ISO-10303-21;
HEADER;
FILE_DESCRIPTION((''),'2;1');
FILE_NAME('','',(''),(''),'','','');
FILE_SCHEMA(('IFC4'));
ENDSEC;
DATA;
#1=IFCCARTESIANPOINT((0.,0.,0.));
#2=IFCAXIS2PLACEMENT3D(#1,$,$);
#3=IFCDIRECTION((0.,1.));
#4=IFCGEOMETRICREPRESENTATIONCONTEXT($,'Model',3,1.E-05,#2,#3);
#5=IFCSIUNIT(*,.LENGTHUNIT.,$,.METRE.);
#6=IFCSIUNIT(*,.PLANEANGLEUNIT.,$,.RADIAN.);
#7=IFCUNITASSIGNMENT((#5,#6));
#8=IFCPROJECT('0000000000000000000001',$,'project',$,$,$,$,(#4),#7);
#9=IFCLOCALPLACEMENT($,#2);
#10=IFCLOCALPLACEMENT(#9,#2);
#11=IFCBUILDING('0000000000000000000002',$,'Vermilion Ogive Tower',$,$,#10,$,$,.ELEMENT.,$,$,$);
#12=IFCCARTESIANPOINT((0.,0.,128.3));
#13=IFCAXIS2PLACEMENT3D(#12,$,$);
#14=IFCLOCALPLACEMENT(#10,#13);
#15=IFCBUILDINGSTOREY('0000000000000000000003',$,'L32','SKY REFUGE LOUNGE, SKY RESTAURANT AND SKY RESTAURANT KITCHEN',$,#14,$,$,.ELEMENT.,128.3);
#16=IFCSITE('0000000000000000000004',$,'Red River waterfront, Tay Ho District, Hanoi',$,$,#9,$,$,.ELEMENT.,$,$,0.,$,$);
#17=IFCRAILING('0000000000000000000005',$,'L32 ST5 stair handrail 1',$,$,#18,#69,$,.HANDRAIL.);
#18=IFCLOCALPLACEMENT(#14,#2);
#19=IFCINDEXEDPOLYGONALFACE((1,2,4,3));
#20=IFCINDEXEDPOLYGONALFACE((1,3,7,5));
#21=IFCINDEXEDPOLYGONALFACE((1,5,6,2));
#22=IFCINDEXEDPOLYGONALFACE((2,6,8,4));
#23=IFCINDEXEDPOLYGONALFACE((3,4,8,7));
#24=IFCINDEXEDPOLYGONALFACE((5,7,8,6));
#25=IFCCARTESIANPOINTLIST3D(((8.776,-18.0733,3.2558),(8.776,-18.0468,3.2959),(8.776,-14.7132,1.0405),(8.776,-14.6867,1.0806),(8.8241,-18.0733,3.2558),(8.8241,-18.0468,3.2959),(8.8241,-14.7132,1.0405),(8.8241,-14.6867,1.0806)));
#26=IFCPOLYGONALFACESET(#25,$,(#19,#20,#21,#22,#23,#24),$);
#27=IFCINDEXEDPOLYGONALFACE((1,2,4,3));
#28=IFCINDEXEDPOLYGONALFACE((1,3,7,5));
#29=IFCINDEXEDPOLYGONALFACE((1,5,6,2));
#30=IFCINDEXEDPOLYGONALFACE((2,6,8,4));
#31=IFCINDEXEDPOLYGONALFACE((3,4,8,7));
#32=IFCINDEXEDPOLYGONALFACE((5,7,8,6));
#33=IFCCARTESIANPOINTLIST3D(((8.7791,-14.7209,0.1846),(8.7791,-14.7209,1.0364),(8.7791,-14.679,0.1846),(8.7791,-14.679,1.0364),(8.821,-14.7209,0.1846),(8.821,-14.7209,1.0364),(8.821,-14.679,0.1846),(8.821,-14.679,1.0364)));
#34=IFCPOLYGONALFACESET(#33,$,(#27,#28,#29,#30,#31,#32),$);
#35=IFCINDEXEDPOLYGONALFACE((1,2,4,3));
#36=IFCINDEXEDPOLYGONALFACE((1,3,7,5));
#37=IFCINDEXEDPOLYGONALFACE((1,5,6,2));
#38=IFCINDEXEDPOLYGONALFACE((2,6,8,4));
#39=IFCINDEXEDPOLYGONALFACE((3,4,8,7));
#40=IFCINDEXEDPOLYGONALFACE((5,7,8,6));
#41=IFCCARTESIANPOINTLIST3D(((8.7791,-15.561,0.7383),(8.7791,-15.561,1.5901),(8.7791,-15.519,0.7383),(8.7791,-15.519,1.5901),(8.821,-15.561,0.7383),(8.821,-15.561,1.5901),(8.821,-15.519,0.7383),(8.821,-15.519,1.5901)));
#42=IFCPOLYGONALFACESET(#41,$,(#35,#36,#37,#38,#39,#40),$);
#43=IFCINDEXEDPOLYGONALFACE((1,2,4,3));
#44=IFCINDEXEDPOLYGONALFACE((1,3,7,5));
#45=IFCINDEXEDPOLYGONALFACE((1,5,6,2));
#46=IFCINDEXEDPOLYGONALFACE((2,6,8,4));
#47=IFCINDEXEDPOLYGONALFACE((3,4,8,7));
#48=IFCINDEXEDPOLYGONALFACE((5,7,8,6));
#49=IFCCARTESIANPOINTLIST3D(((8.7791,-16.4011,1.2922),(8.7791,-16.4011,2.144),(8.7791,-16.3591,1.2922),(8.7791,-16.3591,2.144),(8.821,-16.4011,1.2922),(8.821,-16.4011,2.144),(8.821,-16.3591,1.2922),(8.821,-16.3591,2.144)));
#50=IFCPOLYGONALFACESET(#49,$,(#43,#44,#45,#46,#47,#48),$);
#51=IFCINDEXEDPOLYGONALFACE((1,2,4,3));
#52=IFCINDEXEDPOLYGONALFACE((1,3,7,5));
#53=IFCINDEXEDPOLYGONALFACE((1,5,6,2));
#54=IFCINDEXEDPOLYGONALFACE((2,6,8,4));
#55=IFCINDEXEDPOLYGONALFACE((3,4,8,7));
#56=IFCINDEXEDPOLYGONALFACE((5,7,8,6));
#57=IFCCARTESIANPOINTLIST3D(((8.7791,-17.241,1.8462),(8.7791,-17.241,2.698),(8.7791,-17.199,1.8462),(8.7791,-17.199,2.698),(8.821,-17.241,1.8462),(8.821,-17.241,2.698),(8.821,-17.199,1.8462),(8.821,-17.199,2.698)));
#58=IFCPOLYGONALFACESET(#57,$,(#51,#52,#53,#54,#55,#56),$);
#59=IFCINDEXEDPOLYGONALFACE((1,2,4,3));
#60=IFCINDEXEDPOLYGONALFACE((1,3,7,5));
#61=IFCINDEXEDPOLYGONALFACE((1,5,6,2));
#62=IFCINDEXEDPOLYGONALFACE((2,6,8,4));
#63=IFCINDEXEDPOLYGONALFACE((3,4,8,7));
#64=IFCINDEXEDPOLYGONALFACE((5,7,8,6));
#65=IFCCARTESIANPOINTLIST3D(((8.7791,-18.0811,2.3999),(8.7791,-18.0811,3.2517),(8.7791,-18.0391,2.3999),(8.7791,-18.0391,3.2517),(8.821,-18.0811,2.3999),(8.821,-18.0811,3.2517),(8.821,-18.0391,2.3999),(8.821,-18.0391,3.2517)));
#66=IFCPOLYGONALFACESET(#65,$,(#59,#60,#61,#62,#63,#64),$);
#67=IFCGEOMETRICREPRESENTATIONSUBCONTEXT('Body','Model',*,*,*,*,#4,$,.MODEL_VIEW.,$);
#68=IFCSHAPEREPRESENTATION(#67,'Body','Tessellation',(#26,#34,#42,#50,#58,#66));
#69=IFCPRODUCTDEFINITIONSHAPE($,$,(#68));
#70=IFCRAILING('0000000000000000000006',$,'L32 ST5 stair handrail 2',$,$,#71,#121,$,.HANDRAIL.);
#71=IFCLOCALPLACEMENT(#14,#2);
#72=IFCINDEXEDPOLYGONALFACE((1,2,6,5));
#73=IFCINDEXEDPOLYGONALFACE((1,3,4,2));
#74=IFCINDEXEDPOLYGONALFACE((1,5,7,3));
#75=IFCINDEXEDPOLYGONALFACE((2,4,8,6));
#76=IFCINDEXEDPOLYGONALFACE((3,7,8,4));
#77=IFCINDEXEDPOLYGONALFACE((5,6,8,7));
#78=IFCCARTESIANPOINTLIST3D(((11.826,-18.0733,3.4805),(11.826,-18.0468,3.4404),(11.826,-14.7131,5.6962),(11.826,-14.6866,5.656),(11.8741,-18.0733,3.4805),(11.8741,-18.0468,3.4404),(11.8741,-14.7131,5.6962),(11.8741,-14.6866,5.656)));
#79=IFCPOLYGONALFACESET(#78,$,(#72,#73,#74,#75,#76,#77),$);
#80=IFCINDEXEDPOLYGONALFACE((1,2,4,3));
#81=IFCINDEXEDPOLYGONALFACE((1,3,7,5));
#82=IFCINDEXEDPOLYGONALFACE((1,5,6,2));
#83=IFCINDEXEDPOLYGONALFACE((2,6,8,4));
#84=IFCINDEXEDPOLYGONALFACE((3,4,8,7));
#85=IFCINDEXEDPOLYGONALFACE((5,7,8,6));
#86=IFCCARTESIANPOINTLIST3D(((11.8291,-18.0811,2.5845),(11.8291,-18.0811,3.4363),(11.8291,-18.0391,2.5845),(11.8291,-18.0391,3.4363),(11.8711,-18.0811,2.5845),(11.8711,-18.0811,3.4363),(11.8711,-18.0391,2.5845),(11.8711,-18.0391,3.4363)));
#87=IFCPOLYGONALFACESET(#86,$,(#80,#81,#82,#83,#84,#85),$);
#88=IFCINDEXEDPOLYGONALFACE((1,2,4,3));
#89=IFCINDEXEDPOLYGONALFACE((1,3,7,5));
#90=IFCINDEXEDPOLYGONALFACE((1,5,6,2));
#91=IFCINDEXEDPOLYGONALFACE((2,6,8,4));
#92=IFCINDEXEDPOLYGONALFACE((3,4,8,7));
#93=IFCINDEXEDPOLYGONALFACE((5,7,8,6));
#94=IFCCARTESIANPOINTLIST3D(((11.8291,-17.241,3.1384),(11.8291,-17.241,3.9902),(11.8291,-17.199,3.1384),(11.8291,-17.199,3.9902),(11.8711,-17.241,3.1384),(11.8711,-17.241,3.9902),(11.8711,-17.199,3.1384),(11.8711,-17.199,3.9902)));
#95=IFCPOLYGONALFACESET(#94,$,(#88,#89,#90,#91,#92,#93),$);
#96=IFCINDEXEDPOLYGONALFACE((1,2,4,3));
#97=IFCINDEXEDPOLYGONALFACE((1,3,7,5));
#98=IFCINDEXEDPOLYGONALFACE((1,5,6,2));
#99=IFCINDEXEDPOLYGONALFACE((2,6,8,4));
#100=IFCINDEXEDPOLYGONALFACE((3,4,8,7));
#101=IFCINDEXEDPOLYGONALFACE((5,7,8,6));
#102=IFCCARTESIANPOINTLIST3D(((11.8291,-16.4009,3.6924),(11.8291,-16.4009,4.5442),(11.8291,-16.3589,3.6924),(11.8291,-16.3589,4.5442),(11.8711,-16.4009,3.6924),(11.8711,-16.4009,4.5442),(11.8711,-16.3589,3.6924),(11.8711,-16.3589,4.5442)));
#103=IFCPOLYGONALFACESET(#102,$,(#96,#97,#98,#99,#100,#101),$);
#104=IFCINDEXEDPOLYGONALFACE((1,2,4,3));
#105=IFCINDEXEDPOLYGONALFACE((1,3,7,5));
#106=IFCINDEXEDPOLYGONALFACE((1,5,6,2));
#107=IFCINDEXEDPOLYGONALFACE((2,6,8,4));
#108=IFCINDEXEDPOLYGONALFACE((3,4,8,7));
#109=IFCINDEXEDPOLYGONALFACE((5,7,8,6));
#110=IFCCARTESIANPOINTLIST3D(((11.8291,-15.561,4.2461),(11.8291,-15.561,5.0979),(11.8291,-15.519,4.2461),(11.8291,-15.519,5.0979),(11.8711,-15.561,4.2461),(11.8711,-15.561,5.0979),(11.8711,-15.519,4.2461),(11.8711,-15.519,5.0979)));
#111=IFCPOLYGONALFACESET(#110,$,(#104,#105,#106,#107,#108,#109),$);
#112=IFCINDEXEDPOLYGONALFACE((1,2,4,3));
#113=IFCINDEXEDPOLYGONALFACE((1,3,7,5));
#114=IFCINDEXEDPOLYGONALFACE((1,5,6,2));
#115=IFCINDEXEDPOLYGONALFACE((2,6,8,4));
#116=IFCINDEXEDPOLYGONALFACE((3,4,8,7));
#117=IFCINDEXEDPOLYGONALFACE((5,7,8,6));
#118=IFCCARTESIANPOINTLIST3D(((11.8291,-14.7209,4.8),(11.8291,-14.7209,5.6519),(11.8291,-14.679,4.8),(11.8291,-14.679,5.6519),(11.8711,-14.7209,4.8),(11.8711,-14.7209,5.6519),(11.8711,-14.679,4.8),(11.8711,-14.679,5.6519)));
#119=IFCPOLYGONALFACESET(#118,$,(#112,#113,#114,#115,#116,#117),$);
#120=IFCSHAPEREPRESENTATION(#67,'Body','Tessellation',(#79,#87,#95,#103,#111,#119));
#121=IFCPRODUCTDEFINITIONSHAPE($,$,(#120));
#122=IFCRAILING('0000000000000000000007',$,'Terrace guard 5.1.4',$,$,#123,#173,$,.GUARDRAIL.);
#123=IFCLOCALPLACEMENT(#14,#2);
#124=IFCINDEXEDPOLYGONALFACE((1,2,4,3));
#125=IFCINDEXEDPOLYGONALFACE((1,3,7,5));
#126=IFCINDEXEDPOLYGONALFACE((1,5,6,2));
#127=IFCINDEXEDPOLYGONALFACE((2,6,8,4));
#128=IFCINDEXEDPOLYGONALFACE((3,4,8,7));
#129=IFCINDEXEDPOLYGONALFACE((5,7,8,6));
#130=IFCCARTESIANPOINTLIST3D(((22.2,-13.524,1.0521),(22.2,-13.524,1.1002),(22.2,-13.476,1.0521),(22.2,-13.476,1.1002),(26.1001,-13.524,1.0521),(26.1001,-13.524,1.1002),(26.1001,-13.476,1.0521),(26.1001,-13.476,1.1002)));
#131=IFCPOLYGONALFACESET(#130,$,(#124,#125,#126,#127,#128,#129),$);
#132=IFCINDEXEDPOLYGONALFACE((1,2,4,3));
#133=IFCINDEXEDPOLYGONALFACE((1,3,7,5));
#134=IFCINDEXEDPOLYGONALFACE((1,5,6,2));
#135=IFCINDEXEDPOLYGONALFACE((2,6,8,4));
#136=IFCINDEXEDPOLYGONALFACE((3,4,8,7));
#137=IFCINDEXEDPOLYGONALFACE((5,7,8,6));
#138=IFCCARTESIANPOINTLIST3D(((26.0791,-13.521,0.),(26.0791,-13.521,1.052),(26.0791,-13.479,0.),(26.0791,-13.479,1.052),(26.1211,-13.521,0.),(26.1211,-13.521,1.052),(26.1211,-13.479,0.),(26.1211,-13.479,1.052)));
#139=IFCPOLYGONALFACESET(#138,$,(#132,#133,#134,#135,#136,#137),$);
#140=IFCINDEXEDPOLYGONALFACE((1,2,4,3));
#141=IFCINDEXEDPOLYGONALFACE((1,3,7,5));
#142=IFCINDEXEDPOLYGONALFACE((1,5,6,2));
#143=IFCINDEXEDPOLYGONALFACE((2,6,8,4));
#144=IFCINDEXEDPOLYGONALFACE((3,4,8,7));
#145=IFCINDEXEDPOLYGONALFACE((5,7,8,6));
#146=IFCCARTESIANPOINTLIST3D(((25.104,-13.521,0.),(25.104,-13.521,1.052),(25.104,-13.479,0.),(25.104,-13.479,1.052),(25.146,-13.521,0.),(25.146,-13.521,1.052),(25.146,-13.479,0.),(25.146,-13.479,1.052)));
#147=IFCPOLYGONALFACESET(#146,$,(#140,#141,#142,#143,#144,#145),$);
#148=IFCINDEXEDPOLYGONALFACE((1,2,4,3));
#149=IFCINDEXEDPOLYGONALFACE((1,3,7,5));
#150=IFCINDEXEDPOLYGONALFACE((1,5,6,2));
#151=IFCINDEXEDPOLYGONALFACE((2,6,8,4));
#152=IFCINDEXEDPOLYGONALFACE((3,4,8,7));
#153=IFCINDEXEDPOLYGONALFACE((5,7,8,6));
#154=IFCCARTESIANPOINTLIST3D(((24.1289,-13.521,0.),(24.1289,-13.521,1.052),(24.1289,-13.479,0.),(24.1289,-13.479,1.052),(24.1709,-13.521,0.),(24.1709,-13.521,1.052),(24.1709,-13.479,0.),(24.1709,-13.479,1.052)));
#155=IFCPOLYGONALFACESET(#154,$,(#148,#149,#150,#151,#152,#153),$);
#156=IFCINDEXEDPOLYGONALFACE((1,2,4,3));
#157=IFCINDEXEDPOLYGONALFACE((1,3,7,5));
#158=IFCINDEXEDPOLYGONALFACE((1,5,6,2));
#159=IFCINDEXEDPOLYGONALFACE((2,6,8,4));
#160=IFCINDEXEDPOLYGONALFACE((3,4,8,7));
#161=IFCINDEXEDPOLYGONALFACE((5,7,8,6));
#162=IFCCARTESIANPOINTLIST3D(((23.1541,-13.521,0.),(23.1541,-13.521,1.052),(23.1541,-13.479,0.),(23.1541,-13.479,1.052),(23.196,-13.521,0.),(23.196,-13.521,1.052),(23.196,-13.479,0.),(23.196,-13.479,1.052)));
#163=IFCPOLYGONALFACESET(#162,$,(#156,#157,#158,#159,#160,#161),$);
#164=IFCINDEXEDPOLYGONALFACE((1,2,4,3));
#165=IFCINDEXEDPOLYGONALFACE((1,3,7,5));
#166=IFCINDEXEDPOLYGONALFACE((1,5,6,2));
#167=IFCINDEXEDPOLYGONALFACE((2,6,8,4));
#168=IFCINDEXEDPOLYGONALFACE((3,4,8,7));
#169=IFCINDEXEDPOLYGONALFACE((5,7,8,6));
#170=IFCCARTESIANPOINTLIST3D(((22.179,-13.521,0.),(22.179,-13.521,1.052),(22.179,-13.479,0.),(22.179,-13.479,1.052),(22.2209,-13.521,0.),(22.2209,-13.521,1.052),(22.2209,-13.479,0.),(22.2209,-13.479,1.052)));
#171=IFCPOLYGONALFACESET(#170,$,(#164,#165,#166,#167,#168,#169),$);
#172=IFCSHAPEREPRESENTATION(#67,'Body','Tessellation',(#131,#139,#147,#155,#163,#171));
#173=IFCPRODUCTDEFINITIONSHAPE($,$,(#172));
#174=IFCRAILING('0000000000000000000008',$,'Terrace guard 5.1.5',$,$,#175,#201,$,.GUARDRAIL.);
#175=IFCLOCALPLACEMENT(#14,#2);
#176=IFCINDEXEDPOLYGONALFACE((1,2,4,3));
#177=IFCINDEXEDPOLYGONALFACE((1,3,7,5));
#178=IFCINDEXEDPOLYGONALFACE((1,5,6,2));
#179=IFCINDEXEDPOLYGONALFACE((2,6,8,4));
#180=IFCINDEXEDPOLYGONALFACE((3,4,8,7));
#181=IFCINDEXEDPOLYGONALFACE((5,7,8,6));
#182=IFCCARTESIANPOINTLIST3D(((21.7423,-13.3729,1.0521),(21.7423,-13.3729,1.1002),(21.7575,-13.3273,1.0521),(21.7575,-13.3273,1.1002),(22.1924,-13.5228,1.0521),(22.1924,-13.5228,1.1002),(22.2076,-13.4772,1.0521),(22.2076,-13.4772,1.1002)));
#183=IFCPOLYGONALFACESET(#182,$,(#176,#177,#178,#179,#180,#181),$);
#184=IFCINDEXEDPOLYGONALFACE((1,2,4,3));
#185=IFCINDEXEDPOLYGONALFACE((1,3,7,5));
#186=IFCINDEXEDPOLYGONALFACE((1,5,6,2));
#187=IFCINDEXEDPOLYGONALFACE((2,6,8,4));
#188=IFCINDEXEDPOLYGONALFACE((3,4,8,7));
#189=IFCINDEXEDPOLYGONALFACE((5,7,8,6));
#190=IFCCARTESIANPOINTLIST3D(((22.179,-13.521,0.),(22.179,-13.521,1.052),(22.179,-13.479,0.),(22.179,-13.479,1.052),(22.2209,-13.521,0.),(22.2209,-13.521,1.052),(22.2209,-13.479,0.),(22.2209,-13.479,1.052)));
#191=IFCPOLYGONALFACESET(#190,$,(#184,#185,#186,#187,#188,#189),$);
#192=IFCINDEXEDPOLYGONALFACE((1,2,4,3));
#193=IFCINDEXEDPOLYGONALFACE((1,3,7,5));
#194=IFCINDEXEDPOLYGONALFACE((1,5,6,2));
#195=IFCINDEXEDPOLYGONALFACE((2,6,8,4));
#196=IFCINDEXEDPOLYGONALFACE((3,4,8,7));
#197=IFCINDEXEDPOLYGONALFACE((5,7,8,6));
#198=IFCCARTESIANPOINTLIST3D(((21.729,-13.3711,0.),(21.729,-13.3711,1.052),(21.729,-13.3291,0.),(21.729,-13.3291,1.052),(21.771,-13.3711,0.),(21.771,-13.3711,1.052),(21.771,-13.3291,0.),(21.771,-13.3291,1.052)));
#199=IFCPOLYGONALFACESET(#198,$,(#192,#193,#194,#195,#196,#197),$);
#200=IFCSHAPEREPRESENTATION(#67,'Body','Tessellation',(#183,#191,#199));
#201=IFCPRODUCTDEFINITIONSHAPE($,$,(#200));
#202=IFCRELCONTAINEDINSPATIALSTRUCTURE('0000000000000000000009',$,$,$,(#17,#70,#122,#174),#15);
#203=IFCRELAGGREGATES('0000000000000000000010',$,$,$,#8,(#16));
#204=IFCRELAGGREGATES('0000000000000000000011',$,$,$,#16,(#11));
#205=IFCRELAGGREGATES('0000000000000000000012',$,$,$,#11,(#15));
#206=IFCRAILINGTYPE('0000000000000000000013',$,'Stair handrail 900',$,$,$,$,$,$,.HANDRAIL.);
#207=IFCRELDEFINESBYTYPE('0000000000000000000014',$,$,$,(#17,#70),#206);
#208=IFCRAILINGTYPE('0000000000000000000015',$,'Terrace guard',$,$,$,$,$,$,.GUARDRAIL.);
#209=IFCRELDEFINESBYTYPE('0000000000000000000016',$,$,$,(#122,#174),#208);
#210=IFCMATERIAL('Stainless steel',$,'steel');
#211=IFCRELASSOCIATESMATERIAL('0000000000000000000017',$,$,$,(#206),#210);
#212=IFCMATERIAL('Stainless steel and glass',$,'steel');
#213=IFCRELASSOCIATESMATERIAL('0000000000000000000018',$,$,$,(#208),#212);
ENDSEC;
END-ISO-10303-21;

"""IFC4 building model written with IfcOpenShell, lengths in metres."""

from ifc_helpers import new_model, si_unit, direction, frame, origin, origin_2d, place, context, subcontext, project, spatial, rectangle, extrude, material, type_object, element, save


model = new_model("IFC4")

# Units and contexts
model_context = context("Model", 3, precision=1e-05, world=origin(), true_north=direction((0.0, 1.0)))
body_context = subcontext(model_context, "Body", "Model", "MODEL_VIEW")
ifc_project = project(units=[si_unit("LENGTHUNIT", "METRE"), si_unit("PLANEANGLEUNIT", "RADIAN")], contexts=[model_context])

# Site, building, storey
site_placement = place(None, origin())
site = spatial("IfcSite", under=ifc_project, at=site_placement, Name="Red River waterfront, Tay Ho District, Hanoi", CompositionType="ELEMENT", RefElevation=0.0)
building_placement = place(site_placement, origin())
building = spatial("IfcBuilding", under=site, at=building_placement, Name="Vermilion Ogive Tower", CompositionType="ELEMENT")
storey_placement = place(building_placement, frame((0.0, 0.0, 128.3)))
storey = spatial("IfcBuildingStorey", under=building, at=storey_placement, Name="L32", Description="SKY REFUGE LOUNGE, SKY RESTAURANT AND SKY RESTAURANT KITCHEN", CompositionType="ELEMENT", Elevation=128.3)

# Railings
ifc_material_1 = material(Name="Stainless steel", Category="steel")
railing_type_1 = type_object("IfcRailingType", Name="Stair handrail 900", PredefinedType="HANDRAIL", material=ifc_material_1)
railing_1_placement = place(storey_placement, frame((8.8, -14.7, 0.1846)))
element("IfcRailing", 1, at=railing_1_placement, inside=storey, type_object=railing_type_1, Name="L32 ST5 stair handrail 1", PredefinedType="HANDRAIL", context=body_context, shape_type="SweptSolid", body=[
    extrude(rectangle(XDim=0.0481, YDim=0.0481, at=origin_2d()), frame((0.0, 0.0, 0.876), z_axis=(0.0, -0.834876, 0.550437), x_axis=(1.0, 0.0, 0.0)), (0.0, 0.0, 1.0), 4.0247),
    extrude(rectangle(XDim=0.042, YDim=0.042, at=origin_2d()), origin(), (0.0, 0.0, 1.0), 0.8518),
    extrude(rectangle(XDim=0.042, YDim=0.042, at=origin_2d()), frame((0.0, -0.8401, 0.5537)), (0.0, 0.0, 1.0), 0.8518),
    extrude(rectangle(XDim=0.042, YDim=0.042, at=origin_2d()), frame((0.0, -1.6802, 1.1077)), (0.0, 0.0, 1.0), 0.8518),
    extrude(rectangle(XDim=0.042, YDim=0.042, at=origin_2d()), frame((0.0, -2.52, 1.6616)), (0.0, 0.0, 1.0), 0.8518),
    extrude(rectangle(XDim=0.042, YDim=0.042, at=origin_2d()), frame((0.0, -3.3601, 2.2153)), (0.0, 0.0, 1.0), 0.8518),
])
railing_2_placement = place(storey_placement, frame((11.8501, -18.0601, 2.5845)))
element("IfcRailing", 2, at=railing_2_placement, inside=storey, type_object=railing_type_1, Name="L32 ST5 stair handrail 2", PredefinedType="HANDRAIL", context=body_context, shape_type="SweptSolid", body=[
    extrude(rectangle(XDim=0.0481, YDim=0.0481, at=origin_2d()), frame((0.0, 0.0, 0.876), z_axis=(0.0, 0.834849, 0.55048), x_axis=(-1.0, 0.0, 0.0)), (0.0, 0.0, 1.0), 4.0249),
    extrude(rectangle(XDim=0.042, YDim=0.042, at=origin_2d()), origin(), (0.0, 0.0, 1.0), 0.8518),
    extrude(rectangle(XDim=0.042, YDim=0.042, at=origin_2d()), frame((0.0, 0.8401, 0.554)), (0.0, 0.0, 1.0), 0.8518),
    extrude(rectangle(XDim=0.042, YDim=0.042, at=origin_2d()), frame((0.0, 1.6802, 1.1079)), (0.0, 0.0, 1.0), 0.8518),
    extrude(rectangle(XDim=0.042, YDim=0.042, at=origin_2d()), frame((0.0, 2.52, 1.6616)), (0.0, 0.0, 1.0), 0.8518),
    extrude(rectangle(XDim=0.042, YDim=0.042, at=origin_2d()), frame((0.0, 3.3601, 2.2156)), (0.0, 0.0, 1.0), 0.8518),
])
ifc_material_2 = material(Name="Stainless steel and glass", Category="steel")
railing_type_2 = type_object("IfcRailingType", Name="Terrace guard", PredefinedType="GUARDRAIL", material=ifc_material_2)
railing_3_placement = place(storey_placement, frame((26.1001, -13.5, 0.0)))
element("IfcRailing", 3, at=railing_3_placement, inside=storey, type_object=railing_type_2, Name="Terrace guard 5.1.4", PredefinedType="GUARDRAIL", context=body_context, shape_type="SweptSolid", body=[
    extrude(rectangle(XDim=0.0481, YDim=0.0481, at=origin_2d()), frame((0.0, 0.0, 1.0762), z_axis=(-1.0, 0.0, 0.0), x_axis=(0.0, -1.0, 0.0)), (0.0, 0.0, 1.0), 3.9001),
    extrude(rectangle(XDim=0.042, YDim=0.042, at=origin_2d()), origin(), (0.0, 0.0, 1.0), 1.052),
    extrude(rectangle(XDim=0.042, YDim=0.042, at=origin_2d()), frame((-0.9751, 0.0, 0.0)), (0.0, 0.0, 1.0), 1.052),
    extrude(rectangle(XDim=0.042, YDim=0.042, at=origin_2d()), frame((-1.9502, 0.0, 0.0)), (0.0, 0.0, 1.0), 1.052),
    extrude(rectangle(XDim=0.042, YDim=0.042, at=origin_2d()), frame((-2.925, 0.0, 0.0)), (0.0, 0.0, 1.0), 1.052),
    extrude(rectangle(XDim=0.042, YDim=0.042, at=origin_2d()), frame((-3.9001, 0.0, 0.0)), (0.0, 0.0, 1.0), 1.052),
])
railing_4_placement = place(storey_placement, frame((22.2, -13.5, 0.0)))
element("IfcRailing", 4, at=railing_4_placement, inside=storey, type_object=railing_type_2, Name="Terrace guard 5.1.5", PredefinedType="GUARDRAIL", context=body_context, shape_type="SweptSolid", body=[
    extrude(rectangle(XDim=0.0481, YDim=0.0481, at=origin_2d()), frame((0.0, 0.0, 1.0762), z_axis=(-0.948735, 0.316073, 0.0), x_axis=(-0.316073, -0.948735, 0.0)), (0.0, 0.0, 1.0), 0.4744),
    extrude(rectangle(XDim=0.042, YDim=0.042, at=origin_2d()), origin(), (0.0, 0.0, 1.0), 1.052),
    extrude(rectangle(XDim=0.042, YDim=0.042, at=origin_2d()), frame((-0.45, 0.1499, 0.0)), (0.0, 0.0, 1.0), 1.052),
])

save(model, "model.ifc")
